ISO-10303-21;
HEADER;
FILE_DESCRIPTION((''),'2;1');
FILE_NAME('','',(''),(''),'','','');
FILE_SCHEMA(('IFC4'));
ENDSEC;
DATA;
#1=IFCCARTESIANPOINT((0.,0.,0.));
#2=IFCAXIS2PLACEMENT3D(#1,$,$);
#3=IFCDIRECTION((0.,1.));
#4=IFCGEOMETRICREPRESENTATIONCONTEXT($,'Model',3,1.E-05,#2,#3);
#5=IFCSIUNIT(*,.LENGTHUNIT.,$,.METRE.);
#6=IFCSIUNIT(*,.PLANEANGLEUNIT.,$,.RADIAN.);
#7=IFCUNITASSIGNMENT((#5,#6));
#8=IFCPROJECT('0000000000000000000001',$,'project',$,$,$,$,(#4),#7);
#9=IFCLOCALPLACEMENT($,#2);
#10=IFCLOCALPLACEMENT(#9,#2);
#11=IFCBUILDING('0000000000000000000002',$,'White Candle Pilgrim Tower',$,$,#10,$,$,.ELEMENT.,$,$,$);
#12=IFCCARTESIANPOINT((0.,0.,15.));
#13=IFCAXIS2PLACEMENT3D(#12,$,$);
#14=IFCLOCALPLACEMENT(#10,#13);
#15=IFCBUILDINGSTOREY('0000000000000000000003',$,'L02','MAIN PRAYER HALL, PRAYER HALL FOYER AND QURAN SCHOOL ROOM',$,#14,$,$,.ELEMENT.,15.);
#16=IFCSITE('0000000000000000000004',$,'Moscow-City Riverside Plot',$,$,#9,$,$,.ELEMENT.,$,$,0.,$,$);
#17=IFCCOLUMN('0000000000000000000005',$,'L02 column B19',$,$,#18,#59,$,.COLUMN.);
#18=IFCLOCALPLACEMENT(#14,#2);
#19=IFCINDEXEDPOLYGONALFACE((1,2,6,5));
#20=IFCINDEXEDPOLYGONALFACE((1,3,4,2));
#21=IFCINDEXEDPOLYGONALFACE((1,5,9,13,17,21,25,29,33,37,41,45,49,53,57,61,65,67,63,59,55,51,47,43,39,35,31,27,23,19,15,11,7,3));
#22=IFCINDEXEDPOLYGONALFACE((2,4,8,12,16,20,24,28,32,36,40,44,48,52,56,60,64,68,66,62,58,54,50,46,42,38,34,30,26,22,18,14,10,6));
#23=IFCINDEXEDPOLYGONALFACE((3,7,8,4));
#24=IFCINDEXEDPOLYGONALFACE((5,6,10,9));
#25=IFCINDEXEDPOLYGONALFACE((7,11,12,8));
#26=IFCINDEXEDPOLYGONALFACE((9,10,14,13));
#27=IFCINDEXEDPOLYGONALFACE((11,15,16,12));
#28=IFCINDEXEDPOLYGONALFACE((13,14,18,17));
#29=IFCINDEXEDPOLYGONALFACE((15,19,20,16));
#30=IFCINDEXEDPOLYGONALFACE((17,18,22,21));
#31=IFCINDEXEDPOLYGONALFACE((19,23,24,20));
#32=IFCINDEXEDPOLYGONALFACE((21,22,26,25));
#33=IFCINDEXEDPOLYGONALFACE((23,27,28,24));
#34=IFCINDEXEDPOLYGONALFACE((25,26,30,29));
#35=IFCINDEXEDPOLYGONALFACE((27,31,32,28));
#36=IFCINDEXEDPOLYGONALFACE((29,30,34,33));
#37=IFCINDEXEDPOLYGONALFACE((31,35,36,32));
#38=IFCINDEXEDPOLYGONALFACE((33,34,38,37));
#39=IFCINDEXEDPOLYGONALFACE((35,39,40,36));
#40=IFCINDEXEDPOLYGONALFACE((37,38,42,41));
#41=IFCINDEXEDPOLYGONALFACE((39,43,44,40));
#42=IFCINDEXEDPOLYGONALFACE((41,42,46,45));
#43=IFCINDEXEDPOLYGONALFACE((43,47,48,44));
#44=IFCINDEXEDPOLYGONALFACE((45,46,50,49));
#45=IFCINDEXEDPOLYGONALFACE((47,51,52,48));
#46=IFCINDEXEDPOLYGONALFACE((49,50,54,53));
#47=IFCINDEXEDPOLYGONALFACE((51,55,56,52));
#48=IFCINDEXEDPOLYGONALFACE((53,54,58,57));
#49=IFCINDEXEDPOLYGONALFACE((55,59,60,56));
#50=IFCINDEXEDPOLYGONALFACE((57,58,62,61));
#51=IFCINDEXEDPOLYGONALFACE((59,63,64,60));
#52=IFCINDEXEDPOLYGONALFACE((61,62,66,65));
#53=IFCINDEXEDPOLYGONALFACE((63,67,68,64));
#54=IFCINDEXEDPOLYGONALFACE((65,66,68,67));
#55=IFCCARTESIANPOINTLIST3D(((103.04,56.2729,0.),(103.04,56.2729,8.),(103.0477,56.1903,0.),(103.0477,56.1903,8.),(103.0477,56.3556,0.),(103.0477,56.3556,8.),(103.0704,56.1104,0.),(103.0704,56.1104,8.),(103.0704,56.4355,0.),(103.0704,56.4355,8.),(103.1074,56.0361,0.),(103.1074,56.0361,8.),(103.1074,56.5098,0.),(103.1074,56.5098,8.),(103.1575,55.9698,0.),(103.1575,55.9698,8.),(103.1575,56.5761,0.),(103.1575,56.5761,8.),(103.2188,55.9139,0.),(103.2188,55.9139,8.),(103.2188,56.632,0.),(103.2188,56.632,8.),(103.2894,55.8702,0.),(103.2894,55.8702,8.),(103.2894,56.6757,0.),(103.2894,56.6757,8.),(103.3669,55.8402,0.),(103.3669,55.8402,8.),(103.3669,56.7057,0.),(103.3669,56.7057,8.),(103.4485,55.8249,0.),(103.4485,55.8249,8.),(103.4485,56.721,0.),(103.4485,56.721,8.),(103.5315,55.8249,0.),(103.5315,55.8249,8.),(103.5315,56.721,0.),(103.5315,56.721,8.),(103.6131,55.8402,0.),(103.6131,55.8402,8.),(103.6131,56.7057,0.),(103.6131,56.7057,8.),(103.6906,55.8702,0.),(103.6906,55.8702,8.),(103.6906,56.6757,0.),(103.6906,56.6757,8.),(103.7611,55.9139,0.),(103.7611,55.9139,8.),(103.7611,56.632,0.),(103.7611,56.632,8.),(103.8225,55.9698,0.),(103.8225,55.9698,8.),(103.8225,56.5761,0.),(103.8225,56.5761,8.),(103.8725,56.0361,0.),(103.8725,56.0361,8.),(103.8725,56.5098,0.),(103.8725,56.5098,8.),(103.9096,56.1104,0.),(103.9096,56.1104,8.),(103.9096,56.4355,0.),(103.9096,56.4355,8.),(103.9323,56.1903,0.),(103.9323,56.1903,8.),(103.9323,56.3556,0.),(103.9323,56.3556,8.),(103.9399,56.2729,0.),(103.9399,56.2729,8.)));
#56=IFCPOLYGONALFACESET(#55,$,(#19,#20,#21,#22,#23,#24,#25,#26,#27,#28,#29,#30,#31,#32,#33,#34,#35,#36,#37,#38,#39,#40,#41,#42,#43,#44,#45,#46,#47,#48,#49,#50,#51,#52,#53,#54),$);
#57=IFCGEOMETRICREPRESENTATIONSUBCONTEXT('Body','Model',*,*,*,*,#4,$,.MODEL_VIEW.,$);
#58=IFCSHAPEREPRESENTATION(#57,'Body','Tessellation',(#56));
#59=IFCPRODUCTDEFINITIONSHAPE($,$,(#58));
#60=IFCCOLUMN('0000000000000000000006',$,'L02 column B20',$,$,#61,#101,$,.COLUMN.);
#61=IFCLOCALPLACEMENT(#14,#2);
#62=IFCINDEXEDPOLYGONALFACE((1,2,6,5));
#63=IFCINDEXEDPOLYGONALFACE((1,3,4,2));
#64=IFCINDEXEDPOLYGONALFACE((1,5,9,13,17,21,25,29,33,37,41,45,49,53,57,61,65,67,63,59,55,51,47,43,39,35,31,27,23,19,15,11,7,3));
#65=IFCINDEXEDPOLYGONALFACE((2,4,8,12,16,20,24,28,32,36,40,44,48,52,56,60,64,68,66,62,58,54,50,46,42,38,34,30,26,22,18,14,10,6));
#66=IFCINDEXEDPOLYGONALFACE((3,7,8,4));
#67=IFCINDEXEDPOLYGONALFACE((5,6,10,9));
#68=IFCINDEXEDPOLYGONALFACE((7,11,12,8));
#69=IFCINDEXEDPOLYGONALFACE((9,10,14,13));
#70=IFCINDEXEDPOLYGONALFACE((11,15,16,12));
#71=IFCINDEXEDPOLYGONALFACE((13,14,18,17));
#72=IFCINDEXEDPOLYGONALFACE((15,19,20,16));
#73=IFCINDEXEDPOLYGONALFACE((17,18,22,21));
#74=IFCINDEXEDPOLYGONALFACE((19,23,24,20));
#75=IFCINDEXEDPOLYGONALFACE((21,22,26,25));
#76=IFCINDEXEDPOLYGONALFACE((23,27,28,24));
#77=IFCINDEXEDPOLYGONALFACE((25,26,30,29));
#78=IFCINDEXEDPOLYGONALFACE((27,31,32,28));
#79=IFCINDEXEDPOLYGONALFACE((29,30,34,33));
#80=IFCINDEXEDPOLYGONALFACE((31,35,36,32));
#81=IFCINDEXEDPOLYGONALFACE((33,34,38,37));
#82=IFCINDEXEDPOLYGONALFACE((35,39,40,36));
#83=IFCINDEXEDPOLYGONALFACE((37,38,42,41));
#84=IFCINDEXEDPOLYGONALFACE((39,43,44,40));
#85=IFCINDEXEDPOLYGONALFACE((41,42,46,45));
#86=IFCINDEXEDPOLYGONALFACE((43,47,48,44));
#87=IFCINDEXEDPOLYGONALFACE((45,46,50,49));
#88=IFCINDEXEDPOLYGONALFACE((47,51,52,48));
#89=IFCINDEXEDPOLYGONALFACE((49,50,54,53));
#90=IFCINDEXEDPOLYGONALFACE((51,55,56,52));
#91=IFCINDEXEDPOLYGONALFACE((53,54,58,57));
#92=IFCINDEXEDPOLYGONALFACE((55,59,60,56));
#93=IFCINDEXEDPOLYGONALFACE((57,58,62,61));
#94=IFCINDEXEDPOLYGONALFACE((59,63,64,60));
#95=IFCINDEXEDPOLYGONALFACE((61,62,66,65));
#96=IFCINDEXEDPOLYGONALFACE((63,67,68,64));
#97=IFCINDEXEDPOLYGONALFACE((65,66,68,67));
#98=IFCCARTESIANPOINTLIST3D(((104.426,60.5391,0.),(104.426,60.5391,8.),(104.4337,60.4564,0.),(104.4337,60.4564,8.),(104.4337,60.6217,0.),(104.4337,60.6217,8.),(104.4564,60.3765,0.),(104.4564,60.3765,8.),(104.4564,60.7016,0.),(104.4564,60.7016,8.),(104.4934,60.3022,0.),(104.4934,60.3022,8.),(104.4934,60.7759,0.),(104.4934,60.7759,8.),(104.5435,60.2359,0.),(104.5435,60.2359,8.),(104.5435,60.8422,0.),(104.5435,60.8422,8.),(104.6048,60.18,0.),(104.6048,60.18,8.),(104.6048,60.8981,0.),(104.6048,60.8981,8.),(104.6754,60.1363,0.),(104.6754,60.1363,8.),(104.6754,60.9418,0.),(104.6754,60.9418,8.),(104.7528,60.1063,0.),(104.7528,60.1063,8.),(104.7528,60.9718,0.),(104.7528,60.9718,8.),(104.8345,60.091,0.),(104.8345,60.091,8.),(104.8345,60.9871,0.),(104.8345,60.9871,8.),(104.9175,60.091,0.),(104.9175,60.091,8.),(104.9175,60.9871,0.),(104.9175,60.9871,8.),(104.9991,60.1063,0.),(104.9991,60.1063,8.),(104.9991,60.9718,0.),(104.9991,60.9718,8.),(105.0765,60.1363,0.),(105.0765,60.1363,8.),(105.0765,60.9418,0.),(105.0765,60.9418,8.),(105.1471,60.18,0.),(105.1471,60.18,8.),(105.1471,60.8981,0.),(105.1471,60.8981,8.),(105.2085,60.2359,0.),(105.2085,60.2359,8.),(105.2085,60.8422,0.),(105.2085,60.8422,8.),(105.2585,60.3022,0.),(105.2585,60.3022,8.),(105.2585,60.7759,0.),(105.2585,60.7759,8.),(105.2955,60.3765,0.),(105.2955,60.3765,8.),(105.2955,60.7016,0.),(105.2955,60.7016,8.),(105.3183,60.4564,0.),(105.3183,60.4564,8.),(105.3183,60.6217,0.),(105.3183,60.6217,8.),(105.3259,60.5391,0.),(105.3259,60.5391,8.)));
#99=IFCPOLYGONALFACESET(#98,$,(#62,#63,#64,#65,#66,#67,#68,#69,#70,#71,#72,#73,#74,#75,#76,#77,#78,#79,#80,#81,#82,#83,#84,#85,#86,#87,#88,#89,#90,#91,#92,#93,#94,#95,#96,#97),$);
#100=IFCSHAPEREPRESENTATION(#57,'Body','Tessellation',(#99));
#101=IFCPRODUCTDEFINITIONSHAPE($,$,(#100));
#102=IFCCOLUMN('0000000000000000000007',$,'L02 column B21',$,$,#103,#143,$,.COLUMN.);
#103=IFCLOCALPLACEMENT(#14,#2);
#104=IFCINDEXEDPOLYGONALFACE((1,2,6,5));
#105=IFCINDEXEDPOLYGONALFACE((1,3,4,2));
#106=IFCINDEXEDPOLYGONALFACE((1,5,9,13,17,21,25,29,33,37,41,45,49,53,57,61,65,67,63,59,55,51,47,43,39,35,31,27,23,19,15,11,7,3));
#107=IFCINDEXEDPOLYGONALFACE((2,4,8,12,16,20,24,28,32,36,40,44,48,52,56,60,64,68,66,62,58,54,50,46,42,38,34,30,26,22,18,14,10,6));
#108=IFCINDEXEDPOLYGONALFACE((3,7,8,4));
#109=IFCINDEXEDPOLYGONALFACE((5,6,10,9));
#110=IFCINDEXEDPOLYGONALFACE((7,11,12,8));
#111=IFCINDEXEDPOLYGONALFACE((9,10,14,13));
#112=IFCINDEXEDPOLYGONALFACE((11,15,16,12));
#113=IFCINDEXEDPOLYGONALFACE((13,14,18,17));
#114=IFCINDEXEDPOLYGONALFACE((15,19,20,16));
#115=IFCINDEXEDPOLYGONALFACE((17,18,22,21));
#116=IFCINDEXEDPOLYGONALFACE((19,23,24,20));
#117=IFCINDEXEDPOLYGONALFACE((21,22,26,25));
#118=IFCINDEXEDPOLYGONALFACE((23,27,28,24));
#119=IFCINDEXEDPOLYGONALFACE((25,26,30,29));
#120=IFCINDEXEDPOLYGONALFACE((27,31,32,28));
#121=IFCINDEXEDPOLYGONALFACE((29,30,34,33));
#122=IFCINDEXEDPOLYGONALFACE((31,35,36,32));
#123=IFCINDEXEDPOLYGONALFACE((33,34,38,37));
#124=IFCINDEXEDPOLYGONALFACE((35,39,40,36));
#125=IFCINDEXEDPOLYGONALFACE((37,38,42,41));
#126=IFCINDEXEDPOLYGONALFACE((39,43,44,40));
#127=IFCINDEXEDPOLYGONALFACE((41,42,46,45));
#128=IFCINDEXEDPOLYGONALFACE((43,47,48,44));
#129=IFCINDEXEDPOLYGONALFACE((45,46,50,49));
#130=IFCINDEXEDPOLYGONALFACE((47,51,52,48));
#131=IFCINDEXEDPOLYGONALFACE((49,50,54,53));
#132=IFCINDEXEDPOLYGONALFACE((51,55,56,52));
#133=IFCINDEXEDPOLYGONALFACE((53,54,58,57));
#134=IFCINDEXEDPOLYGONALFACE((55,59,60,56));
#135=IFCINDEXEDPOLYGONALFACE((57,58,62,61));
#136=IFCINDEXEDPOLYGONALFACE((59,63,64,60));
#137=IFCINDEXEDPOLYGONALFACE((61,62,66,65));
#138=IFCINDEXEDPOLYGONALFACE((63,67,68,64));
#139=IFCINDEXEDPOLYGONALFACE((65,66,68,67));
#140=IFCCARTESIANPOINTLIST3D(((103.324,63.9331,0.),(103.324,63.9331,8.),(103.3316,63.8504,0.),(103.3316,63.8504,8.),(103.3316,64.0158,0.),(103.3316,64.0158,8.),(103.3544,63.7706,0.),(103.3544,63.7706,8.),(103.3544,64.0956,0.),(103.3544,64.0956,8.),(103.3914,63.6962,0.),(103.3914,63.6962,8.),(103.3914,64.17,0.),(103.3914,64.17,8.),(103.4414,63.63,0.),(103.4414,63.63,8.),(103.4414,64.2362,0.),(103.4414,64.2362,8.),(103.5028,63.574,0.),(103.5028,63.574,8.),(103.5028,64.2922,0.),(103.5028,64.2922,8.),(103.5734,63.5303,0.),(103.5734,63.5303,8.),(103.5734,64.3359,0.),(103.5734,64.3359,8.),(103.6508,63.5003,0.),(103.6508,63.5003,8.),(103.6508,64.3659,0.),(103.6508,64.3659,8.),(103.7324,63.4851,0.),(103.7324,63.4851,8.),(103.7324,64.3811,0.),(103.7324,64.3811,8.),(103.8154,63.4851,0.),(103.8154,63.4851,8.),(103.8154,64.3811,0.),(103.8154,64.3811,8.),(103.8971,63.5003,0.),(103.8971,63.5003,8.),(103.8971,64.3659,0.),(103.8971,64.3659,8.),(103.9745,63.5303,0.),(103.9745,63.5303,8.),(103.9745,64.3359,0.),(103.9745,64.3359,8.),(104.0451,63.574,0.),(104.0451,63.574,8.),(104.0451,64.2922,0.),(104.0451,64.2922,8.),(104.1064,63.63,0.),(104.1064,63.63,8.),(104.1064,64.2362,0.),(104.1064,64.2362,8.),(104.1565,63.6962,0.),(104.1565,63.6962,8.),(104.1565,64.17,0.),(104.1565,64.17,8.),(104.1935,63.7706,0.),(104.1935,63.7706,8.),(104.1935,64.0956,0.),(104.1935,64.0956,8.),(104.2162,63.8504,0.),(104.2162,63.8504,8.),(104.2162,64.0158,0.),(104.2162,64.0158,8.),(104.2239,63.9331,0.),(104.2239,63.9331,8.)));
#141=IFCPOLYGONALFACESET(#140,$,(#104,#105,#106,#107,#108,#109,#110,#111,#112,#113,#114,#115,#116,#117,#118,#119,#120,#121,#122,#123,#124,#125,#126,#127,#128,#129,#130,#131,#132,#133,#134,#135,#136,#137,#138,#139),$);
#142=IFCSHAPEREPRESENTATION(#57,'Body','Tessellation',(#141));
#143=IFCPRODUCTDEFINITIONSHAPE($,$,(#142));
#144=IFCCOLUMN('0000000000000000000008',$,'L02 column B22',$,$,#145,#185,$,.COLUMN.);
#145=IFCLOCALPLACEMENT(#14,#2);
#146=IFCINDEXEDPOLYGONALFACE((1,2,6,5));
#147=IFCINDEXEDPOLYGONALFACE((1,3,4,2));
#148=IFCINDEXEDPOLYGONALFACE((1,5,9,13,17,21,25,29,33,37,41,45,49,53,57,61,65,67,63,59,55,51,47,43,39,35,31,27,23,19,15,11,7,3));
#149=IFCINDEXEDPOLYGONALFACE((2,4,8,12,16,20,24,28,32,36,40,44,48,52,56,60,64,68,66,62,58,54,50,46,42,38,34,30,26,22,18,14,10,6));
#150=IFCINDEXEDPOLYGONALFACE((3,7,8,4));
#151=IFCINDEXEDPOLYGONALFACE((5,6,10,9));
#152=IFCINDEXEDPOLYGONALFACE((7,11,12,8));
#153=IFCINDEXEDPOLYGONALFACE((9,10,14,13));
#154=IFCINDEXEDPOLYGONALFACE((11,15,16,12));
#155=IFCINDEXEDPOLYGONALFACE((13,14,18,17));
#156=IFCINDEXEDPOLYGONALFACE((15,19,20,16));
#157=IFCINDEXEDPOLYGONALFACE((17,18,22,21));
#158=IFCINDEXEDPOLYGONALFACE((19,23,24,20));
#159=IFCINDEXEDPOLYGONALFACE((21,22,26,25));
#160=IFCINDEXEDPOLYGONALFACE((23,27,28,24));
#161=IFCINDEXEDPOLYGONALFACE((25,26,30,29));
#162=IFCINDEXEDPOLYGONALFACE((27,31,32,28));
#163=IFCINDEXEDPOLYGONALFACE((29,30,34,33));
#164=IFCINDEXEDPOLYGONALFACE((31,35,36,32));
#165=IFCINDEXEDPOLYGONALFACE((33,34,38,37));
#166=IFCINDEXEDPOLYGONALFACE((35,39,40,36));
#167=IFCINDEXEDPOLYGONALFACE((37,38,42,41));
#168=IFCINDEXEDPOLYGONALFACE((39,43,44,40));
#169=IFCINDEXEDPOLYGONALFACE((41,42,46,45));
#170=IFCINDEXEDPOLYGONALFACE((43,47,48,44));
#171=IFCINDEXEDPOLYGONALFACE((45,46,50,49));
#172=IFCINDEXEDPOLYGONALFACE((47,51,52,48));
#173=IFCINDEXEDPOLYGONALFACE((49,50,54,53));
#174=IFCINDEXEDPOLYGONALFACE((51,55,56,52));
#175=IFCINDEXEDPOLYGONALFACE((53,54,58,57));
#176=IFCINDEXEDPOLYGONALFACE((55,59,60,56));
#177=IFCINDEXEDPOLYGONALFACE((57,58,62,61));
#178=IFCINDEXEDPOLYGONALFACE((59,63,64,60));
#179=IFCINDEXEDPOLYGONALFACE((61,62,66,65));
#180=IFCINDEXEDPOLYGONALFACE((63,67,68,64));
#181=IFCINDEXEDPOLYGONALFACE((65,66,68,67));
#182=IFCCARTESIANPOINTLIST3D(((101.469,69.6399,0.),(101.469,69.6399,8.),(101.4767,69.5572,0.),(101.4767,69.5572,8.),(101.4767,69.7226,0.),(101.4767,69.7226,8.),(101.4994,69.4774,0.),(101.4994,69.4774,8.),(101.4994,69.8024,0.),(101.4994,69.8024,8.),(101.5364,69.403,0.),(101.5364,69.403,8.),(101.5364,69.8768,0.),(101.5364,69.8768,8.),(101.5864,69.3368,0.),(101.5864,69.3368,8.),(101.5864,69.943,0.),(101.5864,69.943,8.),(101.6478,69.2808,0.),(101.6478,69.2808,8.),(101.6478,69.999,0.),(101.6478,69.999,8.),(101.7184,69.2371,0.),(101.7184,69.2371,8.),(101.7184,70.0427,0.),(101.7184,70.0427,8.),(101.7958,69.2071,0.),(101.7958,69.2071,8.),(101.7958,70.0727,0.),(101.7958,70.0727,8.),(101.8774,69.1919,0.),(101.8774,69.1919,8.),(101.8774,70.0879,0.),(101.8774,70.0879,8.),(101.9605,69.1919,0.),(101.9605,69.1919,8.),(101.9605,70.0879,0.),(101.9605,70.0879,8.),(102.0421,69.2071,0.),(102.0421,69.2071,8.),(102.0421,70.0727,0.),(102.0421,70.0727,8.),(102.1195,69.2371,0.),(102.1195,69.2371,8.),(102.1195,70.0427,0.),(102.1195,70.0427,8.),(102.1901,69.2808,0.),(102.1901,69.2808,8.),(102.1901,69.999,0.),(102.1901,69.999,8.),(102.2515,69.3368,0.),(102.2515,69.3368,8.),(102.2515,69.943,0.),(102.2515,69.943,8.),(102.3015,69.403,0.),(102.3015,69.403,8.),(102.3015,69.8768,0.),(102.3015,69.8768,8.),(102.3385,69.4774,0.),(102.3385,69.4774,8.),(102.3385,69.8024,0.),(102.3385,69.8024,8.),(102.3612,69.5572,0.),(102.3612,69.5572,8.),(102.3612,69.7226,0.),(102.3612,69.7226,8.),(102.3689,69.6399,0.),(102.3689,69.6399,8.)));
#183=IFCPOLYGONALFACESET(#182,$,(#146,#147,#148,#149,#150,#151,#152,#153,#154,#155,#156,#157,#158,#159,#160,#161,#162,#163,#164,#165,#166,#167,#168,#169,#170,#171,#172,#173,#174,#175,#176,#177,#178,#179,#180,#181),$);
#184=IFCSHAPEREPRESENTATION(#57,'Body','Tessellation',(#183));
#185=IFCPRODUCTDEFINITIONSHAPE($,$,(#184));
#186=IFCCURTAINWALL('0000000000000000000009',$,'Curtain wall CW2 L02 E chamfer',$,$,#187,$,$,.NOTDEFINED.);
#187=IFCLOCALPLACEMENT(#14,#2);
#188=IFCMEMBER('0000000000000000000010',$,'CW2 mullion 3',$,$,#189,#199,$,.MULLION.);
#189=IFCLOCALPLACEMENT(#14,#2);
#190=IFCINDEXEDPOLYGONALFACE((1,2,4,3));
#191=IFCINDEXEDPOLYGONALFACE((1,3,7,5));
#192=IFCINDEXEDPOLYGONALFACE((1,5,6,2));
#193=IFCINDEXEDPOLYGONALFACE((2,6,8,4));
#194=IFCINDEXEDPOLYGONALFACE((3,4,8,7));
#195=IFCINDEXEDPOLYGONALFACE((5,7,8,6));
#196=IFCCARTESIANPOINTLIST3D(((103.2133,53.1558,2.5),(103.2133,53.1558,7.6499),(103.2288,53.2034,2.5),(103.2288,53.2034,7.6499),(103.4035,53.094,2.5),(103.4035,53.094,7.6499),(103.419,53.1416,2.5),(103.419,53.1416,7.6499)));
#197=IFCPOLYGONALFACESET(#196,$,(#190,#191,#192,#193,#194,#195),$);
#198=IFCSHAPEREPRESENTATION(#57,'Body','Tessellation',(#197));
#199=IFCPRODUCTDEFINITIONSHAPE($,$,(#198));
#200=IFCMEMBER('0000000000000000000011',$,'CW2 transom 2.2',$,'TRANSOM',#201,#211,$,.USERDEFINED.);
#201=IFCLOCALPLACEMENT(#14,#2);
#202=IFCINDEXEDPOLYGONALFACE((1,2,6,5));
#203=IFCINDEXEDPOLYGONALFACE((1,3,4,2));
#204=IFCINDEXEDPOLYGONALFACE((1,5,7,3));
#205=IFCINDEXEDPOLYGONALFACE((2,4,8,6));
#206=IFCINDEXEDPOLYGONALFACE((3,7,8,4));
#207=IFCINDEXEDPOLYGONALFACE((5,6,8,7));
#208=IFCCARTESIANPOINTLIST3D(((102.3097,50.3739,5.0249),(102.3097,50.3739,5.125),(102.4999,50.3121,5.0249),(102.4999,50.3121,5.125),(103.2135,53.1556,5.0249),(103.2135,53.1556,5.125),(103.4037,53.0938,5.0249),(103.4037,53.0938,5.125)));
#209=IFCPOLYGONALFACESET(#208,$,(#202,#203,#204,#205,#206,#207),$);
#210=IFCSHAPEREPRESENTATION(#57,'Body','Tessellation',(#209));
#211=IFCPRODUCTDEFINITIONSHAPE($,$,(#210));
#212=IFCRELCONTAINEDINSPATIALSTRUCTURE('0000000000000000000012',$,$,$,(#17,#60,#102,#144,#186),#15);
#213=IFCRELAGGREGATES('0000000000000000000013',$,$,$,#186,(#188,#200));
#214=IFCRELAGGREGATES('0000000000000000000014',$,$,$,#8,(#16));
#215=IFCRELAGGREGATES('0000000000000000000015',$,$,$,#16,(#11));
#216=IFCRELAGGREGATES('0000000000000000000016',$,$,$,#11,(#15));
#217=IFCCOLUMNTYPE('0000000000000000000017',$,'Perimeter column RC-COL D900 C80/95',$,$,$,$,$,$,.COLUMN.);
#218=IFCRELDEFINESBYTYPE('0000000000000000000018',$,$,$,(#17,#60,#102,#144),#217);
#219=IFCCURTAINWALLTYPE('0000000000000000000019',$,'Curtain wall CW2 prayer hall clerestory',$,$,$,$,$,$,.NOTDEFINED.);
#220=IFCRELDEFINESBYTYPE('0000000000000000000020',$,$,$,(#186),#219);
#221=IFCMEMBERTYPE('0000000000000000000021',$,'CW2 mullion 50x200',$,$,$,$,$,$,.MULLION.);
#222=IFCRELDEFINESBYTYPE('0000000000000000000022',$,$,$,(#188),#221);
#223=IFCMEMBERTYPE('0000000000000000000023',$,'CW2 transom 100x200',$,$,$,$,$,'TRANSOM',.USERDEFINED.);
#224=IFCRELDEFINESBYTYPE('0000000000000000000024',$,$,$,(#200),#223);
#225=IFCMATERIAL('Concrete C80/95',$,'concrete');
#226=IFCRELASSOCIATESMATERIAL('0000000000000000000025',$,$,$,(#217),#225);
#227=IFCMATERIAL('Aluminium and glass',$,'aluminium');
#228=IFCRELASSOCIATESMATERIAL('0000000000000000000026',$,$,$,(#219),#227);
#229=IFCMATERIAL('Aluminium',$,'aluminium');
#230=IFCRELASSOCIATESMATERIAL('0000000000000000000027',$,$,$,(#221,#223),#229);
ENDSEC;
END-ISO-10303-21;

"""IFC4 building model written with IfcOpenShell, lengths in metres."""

from ifc_helpers import new_model, si_unit, direction, frame, origin, origin_2d, place, context, subcontext, project, spatial, rectangle, circle, extrude, material, material_profile, profile_set, type_object, element, aggregate, save


model = new_model("IFC4")

# Units and contexts
model_context = context("Model", 3, precision=1e-05, world=origin(), true_north=direction((0.0, 1.0)))
body_context = subcontext(model_context, "Body", "Model", "MODEL_VIEW")
ifc_project = project(units=[si_unit("LENGTHUNIT", "METRE"), si_unit("PLANEANGLEUNIT", "RADIAN")], contexts=[model_context])

# Site, building, storey
site_placement = place(None, origin())
site = spatial("IfcSite", under=ifc_project, at=site_placement, Name="Moscow-City Riverside Plot", CompositionType="ELEMENT", RefElevation=0.0)
building_placement = place(site_placement, origin())
building = spatial("IfcBuilding", under=site, at=building_placement, Name="White Candle Pilgrim Tower", CompositionType="ELEMENT")
storey_placement = place(building_placement, frame((0.0, 0.0, 15.0)))
storey = spatial("IfcBuildingStorey", under=building, at=storey_placement, Name="L02", Description="MAIN PRAYER HALL, PRAYER HALL FOYER AND QURAN SCHOOL ROOM", CompositionType="ELEMENT", Elevation=15.0)

# Columns
ifc_material_1 = material(Name="Concrete C80/95", Category="concrete")
ifc_material_profile_1 = material_profile(ifc_material_1, circle(Radius=0.45, at=origin_2d()), Name="RC-COL D900")
ifc_profile_set_1 = profile_set([ifc_material_profile_1], Name="Concrete C80/95")
column_type = type_object("IfcColumnType", Name="Perimeter column RC-COL D900 C80/95", PredefinedType="COLUMN", material=ifc_profile_set_1)
for number, where, z_axis, x_axis, name in (
    (1, (103.49, 56.2729, 0.0), (0.0, 0.0, 1.0), (1.0, 0.0, 0.0), "L02 column B19"),
    (2, (104.876, 60.5391, 0.0), (0.0, 0.0, 1.0), (1.0, 0.0, 0.0), "L02 column B20"),
    (3, (103.7739, 63.9331, 0.0), (0.0, 0.0, 1.0), (1.0, 0.0, 0.0), "L02 column B21"),
    (4, (101.9189, 69.6399, 0.0), (0.0, 0.0, 1.0), (1.0, 0.0, 0.0), "L02 column B22"),
):
    element("IfcColumn", number, at=place(storey_placement, frame(where, z_axis=z_axis, x_axis=x_axis)), inside=storey, type_object=column_type, Name=name, PredefinedType="COLUMN", context=body_context, shape_type="SweptSolid", body=[
        extrude(circle(Radius=0.45, at=origin_2d()), origin(), (0.0, 0.0, 1.0), 8.0),
    ])

# Curtain wall, members
ifc_material_2 = material(Name="Aluminium and glass", Category="aluminium")
curtain_wall_type = type_object("IfcCurtainWallType", Name="Curtain wall CW2 prayer hall clerestory", PredefinedType="NOTDEFINED", material=ifc_material_2)
curtain_wall_placement = place(storey_placement, origin())
curtain_wall = element("IfcCurtainWall", 5, at=curtain_wall_placement, inside=storey, type_object=curtain_wall_type, Name="Curtain wall CW2 L02 E chamfer", PredefinedType="NOTDEFINED")
ifc_material_3 = material(Name="Aluminium", Category="aluminium")
ifc_material_profile_2 = material_profile(ifc_material_3, rectangle(XDim=0.2, YDim=0.05, at=origin_2d()), Name="CW2 mullion 50x200")
ifc_profile_set_2 = profile_set([ifc_material_profile_2], Name="Aluminium")
member_type_1 = type_object("IfcMemberType", Name="CW2 mullion 50x200", PredefinedType="MULLION", material=ifc_profile_set_2)
member_1_placement = place(storey_placement, frame((103.3162, 53.1487, 2.5), z_axis=(0.0, 0.0, 1.0), x_axis=(-0.951057, 0.309017, 0.0)))
member_1 = element("IfcMember", 6, at=member_1_placement, type_object=member_type_1, Name="CW2 mullion 3", PredefinedType="MULLION", context=body_context, shape_type="SweptSolid", body=[
    extrude(rectangle(XDim=0.2, YDim=0.05, at=origin_2d()), origin(), (0.0, 0.0, 1.0), 5.1499),
])
ifc_material_profile_3 = material_profile(ifc_material_3, rectangle(XDim=0.2, YDim=0.1001, at=origin_2d()), Name="CW2 transom 100x200")
ifc_profile_set_3 = profile_set([ifc_material_profile_3], Name="Aluminium")
member_type_2 = type_object("IfcMemberType", Name="CW2 transom 100x200", ElementType="TRANSOM", PredefinedType="USERDEFINED", material=ifc_profile_set_3)
member_2_placement = place(storey_placement, frame((102.4048, 50.343, 5.075), z_axis=(0.309007, 0.95106, 0.0), x_axis=(-0.95106, 0.309007, 0.0)))
member_2 = element("IfcMember", 7, at=member_2_placement, type_object=member_type_2, Name="CW2 transom 2.2", ObjectType="TRANSOM", PredefinedType="USERDEFINED", context=body_context, shape_type="SweptSolid", body=[
    extrude(rectangle(XDim=0.2, YDim=0.1001, at=origin_2d()), origin(), (0.0, 0.0, 1.0), 2.9248),
])

aggregate(curtain_wall, [member_1, member_2])

save(model, "model.ifc")
